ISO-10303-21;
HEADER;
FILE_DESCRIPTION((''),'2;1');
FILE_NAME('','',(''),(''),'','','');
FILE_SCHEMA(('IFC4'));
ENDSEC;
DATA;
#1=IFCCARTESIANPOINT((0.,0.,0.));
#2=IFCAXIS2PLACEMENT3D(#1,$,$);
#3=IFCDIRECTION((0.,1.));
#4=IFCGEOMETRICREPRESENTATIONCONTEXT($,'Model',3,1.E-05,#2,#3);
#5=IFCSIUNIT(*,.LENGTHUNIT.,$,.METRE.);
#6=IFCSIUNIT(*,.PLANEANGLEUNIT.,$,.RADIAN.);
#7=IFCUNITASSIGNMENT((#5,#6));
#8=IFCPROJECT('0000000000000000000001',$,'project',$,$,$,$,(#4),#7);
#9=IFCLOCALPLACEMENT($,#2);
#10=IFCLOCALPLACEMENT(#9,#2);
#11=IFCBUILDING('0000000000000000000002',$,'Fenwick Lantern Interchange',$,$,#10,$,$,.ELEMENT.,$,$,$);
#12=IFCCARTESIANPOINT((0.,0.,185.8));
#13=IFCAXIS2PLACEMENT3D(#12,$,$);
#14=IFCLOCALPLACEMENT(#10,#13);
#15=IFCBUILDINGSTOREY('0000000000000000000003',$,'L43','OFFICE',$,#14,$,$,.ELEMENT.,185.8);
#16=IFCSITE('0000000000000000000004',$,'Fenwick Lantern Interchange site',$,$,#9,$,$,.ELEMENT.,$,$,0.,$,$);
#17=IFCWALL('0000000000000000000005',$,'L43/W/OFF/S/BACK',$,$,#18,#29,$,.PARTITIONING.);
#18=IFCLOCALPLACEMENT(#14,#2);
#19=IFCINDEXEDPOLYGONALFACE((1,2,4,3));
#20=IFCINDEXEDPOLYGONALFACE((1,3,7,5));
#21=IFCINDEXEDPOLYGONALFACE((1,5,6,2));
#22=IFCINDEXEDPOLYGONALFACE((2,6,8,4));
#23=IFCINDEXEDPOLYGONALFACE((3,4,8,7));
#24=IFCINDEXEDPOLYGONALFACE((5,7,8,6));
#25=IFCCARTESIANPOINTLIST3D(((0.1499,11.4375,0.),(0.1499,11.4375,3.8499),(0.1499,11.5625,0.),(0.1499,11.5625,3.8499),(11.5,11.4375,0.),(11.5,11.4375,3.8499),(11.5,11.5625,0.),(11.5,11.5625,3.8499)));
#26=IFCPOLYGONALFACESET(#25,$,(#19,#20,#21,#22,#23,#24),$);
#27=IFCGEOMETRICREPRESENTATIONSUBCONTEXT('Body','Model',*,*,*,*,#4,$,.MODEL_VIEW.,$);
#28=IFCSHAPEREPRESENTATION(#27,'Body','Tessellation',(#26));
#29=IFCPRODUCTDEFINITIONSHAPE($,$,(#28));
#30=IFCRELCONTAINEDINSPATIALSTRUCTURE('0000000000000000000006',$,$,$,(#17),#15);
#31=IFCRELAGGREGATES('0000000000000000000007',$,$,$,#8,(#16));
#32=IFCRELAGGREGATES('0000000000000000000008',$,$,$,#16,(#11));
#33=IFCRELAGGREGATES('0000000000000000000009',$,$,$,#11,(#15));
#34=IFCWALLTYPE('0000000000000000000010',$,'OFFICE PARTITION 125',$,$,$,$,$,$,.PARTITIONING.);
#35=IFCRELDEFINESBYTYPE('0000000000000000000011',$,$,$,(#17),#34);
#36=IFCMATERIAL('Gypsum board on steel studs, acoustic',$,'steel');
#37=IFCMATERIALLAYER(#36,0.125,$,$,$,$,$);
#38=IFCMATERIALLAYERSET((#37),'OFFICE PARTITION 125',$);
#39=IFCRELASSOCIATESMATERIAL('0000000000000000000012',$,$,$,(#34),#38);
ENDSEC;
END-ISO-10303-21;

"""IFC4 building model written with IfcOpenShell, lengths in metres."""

from ifc_helpers import new_model, si_unit, direction, frame, frame_2d, origin, place, context, subcontext, project, spatial, rectangle, extrude, material, layer, layer_set, type_object, element, save


model = new_model("IFC4")

# Units and contexts
model_context = context("Model", 3, precision=1e-05, world=origin(), true_north=direction((0.0, 1.0)))
body_context = subcontext(model_context, "Body", "Model", "MODEL_VIEW")
ifc_project = project(units=[si_unit("LENGTHUNIT", "METRE"), si_unit("PLANEANGLEUNIT", "RADIAN")], contexts=[model_context])

# Site, building, storey
site_placement = place(None, origin())
site = spatial("IfcSite", under=ifc_project, at=site_placement, Name="Fenwick Lantern Interchange site", CompositionType="ELEMENT", RefElevation=0.0)
building_placement = place(site_placement, origin())
building = spatial("IfcBuilding", under=site, at=building_placement, Name="Fenwick Lantern Interchange", CompositionType="ELEMENT")
storey_placement = place(building_placement, frame((0.0, 0.0, 185.8)))
storey = spatial("IfcBuildingStorey", under=building, at=storey_placement, Name="L43", Description="OFFICE", CompositionType="ELEMENT", Elevation=185.8)

# Wall
ifc_material_1 = material(Name="Gypsum board on steel studs, acoustic", Category="steel")
ifc_layer_1 = layer(ifc_material_1, 0.125)
ifc_layer_set_1 = layer_set([ifc_layer_1], Name="OFFICE PARTITION 125")
wall_type_1 = type_object("IfcWallType", Name="OFFICE PARTITION 125", PredefinedType="PARTITIONING", material=ifc_layer_set_1)
wall_1_placement = place(storey_placement, frame((0.1499, 11.5, 0.0), z_axis=(0.0, 0.0, 1.0), x_axis=(1.0, 0.0, 0.0)))
element("IfcWall", 1, at=wall_1_placement, inside=storey, type_object=wall_type_1, Name="L43/W/OFF/S/BACK", PredefinedType="PARTITIONING", context=body_context, shape_type="SweptSolid", body=[
    extrude(rectangle(XDim=11.3501, YDim=0.125, at=frame_2d((5.675, 0.0))), origin(), (0.0, 0.0, 1.0), 3.8499),
])

save(model, "model.ifc")
